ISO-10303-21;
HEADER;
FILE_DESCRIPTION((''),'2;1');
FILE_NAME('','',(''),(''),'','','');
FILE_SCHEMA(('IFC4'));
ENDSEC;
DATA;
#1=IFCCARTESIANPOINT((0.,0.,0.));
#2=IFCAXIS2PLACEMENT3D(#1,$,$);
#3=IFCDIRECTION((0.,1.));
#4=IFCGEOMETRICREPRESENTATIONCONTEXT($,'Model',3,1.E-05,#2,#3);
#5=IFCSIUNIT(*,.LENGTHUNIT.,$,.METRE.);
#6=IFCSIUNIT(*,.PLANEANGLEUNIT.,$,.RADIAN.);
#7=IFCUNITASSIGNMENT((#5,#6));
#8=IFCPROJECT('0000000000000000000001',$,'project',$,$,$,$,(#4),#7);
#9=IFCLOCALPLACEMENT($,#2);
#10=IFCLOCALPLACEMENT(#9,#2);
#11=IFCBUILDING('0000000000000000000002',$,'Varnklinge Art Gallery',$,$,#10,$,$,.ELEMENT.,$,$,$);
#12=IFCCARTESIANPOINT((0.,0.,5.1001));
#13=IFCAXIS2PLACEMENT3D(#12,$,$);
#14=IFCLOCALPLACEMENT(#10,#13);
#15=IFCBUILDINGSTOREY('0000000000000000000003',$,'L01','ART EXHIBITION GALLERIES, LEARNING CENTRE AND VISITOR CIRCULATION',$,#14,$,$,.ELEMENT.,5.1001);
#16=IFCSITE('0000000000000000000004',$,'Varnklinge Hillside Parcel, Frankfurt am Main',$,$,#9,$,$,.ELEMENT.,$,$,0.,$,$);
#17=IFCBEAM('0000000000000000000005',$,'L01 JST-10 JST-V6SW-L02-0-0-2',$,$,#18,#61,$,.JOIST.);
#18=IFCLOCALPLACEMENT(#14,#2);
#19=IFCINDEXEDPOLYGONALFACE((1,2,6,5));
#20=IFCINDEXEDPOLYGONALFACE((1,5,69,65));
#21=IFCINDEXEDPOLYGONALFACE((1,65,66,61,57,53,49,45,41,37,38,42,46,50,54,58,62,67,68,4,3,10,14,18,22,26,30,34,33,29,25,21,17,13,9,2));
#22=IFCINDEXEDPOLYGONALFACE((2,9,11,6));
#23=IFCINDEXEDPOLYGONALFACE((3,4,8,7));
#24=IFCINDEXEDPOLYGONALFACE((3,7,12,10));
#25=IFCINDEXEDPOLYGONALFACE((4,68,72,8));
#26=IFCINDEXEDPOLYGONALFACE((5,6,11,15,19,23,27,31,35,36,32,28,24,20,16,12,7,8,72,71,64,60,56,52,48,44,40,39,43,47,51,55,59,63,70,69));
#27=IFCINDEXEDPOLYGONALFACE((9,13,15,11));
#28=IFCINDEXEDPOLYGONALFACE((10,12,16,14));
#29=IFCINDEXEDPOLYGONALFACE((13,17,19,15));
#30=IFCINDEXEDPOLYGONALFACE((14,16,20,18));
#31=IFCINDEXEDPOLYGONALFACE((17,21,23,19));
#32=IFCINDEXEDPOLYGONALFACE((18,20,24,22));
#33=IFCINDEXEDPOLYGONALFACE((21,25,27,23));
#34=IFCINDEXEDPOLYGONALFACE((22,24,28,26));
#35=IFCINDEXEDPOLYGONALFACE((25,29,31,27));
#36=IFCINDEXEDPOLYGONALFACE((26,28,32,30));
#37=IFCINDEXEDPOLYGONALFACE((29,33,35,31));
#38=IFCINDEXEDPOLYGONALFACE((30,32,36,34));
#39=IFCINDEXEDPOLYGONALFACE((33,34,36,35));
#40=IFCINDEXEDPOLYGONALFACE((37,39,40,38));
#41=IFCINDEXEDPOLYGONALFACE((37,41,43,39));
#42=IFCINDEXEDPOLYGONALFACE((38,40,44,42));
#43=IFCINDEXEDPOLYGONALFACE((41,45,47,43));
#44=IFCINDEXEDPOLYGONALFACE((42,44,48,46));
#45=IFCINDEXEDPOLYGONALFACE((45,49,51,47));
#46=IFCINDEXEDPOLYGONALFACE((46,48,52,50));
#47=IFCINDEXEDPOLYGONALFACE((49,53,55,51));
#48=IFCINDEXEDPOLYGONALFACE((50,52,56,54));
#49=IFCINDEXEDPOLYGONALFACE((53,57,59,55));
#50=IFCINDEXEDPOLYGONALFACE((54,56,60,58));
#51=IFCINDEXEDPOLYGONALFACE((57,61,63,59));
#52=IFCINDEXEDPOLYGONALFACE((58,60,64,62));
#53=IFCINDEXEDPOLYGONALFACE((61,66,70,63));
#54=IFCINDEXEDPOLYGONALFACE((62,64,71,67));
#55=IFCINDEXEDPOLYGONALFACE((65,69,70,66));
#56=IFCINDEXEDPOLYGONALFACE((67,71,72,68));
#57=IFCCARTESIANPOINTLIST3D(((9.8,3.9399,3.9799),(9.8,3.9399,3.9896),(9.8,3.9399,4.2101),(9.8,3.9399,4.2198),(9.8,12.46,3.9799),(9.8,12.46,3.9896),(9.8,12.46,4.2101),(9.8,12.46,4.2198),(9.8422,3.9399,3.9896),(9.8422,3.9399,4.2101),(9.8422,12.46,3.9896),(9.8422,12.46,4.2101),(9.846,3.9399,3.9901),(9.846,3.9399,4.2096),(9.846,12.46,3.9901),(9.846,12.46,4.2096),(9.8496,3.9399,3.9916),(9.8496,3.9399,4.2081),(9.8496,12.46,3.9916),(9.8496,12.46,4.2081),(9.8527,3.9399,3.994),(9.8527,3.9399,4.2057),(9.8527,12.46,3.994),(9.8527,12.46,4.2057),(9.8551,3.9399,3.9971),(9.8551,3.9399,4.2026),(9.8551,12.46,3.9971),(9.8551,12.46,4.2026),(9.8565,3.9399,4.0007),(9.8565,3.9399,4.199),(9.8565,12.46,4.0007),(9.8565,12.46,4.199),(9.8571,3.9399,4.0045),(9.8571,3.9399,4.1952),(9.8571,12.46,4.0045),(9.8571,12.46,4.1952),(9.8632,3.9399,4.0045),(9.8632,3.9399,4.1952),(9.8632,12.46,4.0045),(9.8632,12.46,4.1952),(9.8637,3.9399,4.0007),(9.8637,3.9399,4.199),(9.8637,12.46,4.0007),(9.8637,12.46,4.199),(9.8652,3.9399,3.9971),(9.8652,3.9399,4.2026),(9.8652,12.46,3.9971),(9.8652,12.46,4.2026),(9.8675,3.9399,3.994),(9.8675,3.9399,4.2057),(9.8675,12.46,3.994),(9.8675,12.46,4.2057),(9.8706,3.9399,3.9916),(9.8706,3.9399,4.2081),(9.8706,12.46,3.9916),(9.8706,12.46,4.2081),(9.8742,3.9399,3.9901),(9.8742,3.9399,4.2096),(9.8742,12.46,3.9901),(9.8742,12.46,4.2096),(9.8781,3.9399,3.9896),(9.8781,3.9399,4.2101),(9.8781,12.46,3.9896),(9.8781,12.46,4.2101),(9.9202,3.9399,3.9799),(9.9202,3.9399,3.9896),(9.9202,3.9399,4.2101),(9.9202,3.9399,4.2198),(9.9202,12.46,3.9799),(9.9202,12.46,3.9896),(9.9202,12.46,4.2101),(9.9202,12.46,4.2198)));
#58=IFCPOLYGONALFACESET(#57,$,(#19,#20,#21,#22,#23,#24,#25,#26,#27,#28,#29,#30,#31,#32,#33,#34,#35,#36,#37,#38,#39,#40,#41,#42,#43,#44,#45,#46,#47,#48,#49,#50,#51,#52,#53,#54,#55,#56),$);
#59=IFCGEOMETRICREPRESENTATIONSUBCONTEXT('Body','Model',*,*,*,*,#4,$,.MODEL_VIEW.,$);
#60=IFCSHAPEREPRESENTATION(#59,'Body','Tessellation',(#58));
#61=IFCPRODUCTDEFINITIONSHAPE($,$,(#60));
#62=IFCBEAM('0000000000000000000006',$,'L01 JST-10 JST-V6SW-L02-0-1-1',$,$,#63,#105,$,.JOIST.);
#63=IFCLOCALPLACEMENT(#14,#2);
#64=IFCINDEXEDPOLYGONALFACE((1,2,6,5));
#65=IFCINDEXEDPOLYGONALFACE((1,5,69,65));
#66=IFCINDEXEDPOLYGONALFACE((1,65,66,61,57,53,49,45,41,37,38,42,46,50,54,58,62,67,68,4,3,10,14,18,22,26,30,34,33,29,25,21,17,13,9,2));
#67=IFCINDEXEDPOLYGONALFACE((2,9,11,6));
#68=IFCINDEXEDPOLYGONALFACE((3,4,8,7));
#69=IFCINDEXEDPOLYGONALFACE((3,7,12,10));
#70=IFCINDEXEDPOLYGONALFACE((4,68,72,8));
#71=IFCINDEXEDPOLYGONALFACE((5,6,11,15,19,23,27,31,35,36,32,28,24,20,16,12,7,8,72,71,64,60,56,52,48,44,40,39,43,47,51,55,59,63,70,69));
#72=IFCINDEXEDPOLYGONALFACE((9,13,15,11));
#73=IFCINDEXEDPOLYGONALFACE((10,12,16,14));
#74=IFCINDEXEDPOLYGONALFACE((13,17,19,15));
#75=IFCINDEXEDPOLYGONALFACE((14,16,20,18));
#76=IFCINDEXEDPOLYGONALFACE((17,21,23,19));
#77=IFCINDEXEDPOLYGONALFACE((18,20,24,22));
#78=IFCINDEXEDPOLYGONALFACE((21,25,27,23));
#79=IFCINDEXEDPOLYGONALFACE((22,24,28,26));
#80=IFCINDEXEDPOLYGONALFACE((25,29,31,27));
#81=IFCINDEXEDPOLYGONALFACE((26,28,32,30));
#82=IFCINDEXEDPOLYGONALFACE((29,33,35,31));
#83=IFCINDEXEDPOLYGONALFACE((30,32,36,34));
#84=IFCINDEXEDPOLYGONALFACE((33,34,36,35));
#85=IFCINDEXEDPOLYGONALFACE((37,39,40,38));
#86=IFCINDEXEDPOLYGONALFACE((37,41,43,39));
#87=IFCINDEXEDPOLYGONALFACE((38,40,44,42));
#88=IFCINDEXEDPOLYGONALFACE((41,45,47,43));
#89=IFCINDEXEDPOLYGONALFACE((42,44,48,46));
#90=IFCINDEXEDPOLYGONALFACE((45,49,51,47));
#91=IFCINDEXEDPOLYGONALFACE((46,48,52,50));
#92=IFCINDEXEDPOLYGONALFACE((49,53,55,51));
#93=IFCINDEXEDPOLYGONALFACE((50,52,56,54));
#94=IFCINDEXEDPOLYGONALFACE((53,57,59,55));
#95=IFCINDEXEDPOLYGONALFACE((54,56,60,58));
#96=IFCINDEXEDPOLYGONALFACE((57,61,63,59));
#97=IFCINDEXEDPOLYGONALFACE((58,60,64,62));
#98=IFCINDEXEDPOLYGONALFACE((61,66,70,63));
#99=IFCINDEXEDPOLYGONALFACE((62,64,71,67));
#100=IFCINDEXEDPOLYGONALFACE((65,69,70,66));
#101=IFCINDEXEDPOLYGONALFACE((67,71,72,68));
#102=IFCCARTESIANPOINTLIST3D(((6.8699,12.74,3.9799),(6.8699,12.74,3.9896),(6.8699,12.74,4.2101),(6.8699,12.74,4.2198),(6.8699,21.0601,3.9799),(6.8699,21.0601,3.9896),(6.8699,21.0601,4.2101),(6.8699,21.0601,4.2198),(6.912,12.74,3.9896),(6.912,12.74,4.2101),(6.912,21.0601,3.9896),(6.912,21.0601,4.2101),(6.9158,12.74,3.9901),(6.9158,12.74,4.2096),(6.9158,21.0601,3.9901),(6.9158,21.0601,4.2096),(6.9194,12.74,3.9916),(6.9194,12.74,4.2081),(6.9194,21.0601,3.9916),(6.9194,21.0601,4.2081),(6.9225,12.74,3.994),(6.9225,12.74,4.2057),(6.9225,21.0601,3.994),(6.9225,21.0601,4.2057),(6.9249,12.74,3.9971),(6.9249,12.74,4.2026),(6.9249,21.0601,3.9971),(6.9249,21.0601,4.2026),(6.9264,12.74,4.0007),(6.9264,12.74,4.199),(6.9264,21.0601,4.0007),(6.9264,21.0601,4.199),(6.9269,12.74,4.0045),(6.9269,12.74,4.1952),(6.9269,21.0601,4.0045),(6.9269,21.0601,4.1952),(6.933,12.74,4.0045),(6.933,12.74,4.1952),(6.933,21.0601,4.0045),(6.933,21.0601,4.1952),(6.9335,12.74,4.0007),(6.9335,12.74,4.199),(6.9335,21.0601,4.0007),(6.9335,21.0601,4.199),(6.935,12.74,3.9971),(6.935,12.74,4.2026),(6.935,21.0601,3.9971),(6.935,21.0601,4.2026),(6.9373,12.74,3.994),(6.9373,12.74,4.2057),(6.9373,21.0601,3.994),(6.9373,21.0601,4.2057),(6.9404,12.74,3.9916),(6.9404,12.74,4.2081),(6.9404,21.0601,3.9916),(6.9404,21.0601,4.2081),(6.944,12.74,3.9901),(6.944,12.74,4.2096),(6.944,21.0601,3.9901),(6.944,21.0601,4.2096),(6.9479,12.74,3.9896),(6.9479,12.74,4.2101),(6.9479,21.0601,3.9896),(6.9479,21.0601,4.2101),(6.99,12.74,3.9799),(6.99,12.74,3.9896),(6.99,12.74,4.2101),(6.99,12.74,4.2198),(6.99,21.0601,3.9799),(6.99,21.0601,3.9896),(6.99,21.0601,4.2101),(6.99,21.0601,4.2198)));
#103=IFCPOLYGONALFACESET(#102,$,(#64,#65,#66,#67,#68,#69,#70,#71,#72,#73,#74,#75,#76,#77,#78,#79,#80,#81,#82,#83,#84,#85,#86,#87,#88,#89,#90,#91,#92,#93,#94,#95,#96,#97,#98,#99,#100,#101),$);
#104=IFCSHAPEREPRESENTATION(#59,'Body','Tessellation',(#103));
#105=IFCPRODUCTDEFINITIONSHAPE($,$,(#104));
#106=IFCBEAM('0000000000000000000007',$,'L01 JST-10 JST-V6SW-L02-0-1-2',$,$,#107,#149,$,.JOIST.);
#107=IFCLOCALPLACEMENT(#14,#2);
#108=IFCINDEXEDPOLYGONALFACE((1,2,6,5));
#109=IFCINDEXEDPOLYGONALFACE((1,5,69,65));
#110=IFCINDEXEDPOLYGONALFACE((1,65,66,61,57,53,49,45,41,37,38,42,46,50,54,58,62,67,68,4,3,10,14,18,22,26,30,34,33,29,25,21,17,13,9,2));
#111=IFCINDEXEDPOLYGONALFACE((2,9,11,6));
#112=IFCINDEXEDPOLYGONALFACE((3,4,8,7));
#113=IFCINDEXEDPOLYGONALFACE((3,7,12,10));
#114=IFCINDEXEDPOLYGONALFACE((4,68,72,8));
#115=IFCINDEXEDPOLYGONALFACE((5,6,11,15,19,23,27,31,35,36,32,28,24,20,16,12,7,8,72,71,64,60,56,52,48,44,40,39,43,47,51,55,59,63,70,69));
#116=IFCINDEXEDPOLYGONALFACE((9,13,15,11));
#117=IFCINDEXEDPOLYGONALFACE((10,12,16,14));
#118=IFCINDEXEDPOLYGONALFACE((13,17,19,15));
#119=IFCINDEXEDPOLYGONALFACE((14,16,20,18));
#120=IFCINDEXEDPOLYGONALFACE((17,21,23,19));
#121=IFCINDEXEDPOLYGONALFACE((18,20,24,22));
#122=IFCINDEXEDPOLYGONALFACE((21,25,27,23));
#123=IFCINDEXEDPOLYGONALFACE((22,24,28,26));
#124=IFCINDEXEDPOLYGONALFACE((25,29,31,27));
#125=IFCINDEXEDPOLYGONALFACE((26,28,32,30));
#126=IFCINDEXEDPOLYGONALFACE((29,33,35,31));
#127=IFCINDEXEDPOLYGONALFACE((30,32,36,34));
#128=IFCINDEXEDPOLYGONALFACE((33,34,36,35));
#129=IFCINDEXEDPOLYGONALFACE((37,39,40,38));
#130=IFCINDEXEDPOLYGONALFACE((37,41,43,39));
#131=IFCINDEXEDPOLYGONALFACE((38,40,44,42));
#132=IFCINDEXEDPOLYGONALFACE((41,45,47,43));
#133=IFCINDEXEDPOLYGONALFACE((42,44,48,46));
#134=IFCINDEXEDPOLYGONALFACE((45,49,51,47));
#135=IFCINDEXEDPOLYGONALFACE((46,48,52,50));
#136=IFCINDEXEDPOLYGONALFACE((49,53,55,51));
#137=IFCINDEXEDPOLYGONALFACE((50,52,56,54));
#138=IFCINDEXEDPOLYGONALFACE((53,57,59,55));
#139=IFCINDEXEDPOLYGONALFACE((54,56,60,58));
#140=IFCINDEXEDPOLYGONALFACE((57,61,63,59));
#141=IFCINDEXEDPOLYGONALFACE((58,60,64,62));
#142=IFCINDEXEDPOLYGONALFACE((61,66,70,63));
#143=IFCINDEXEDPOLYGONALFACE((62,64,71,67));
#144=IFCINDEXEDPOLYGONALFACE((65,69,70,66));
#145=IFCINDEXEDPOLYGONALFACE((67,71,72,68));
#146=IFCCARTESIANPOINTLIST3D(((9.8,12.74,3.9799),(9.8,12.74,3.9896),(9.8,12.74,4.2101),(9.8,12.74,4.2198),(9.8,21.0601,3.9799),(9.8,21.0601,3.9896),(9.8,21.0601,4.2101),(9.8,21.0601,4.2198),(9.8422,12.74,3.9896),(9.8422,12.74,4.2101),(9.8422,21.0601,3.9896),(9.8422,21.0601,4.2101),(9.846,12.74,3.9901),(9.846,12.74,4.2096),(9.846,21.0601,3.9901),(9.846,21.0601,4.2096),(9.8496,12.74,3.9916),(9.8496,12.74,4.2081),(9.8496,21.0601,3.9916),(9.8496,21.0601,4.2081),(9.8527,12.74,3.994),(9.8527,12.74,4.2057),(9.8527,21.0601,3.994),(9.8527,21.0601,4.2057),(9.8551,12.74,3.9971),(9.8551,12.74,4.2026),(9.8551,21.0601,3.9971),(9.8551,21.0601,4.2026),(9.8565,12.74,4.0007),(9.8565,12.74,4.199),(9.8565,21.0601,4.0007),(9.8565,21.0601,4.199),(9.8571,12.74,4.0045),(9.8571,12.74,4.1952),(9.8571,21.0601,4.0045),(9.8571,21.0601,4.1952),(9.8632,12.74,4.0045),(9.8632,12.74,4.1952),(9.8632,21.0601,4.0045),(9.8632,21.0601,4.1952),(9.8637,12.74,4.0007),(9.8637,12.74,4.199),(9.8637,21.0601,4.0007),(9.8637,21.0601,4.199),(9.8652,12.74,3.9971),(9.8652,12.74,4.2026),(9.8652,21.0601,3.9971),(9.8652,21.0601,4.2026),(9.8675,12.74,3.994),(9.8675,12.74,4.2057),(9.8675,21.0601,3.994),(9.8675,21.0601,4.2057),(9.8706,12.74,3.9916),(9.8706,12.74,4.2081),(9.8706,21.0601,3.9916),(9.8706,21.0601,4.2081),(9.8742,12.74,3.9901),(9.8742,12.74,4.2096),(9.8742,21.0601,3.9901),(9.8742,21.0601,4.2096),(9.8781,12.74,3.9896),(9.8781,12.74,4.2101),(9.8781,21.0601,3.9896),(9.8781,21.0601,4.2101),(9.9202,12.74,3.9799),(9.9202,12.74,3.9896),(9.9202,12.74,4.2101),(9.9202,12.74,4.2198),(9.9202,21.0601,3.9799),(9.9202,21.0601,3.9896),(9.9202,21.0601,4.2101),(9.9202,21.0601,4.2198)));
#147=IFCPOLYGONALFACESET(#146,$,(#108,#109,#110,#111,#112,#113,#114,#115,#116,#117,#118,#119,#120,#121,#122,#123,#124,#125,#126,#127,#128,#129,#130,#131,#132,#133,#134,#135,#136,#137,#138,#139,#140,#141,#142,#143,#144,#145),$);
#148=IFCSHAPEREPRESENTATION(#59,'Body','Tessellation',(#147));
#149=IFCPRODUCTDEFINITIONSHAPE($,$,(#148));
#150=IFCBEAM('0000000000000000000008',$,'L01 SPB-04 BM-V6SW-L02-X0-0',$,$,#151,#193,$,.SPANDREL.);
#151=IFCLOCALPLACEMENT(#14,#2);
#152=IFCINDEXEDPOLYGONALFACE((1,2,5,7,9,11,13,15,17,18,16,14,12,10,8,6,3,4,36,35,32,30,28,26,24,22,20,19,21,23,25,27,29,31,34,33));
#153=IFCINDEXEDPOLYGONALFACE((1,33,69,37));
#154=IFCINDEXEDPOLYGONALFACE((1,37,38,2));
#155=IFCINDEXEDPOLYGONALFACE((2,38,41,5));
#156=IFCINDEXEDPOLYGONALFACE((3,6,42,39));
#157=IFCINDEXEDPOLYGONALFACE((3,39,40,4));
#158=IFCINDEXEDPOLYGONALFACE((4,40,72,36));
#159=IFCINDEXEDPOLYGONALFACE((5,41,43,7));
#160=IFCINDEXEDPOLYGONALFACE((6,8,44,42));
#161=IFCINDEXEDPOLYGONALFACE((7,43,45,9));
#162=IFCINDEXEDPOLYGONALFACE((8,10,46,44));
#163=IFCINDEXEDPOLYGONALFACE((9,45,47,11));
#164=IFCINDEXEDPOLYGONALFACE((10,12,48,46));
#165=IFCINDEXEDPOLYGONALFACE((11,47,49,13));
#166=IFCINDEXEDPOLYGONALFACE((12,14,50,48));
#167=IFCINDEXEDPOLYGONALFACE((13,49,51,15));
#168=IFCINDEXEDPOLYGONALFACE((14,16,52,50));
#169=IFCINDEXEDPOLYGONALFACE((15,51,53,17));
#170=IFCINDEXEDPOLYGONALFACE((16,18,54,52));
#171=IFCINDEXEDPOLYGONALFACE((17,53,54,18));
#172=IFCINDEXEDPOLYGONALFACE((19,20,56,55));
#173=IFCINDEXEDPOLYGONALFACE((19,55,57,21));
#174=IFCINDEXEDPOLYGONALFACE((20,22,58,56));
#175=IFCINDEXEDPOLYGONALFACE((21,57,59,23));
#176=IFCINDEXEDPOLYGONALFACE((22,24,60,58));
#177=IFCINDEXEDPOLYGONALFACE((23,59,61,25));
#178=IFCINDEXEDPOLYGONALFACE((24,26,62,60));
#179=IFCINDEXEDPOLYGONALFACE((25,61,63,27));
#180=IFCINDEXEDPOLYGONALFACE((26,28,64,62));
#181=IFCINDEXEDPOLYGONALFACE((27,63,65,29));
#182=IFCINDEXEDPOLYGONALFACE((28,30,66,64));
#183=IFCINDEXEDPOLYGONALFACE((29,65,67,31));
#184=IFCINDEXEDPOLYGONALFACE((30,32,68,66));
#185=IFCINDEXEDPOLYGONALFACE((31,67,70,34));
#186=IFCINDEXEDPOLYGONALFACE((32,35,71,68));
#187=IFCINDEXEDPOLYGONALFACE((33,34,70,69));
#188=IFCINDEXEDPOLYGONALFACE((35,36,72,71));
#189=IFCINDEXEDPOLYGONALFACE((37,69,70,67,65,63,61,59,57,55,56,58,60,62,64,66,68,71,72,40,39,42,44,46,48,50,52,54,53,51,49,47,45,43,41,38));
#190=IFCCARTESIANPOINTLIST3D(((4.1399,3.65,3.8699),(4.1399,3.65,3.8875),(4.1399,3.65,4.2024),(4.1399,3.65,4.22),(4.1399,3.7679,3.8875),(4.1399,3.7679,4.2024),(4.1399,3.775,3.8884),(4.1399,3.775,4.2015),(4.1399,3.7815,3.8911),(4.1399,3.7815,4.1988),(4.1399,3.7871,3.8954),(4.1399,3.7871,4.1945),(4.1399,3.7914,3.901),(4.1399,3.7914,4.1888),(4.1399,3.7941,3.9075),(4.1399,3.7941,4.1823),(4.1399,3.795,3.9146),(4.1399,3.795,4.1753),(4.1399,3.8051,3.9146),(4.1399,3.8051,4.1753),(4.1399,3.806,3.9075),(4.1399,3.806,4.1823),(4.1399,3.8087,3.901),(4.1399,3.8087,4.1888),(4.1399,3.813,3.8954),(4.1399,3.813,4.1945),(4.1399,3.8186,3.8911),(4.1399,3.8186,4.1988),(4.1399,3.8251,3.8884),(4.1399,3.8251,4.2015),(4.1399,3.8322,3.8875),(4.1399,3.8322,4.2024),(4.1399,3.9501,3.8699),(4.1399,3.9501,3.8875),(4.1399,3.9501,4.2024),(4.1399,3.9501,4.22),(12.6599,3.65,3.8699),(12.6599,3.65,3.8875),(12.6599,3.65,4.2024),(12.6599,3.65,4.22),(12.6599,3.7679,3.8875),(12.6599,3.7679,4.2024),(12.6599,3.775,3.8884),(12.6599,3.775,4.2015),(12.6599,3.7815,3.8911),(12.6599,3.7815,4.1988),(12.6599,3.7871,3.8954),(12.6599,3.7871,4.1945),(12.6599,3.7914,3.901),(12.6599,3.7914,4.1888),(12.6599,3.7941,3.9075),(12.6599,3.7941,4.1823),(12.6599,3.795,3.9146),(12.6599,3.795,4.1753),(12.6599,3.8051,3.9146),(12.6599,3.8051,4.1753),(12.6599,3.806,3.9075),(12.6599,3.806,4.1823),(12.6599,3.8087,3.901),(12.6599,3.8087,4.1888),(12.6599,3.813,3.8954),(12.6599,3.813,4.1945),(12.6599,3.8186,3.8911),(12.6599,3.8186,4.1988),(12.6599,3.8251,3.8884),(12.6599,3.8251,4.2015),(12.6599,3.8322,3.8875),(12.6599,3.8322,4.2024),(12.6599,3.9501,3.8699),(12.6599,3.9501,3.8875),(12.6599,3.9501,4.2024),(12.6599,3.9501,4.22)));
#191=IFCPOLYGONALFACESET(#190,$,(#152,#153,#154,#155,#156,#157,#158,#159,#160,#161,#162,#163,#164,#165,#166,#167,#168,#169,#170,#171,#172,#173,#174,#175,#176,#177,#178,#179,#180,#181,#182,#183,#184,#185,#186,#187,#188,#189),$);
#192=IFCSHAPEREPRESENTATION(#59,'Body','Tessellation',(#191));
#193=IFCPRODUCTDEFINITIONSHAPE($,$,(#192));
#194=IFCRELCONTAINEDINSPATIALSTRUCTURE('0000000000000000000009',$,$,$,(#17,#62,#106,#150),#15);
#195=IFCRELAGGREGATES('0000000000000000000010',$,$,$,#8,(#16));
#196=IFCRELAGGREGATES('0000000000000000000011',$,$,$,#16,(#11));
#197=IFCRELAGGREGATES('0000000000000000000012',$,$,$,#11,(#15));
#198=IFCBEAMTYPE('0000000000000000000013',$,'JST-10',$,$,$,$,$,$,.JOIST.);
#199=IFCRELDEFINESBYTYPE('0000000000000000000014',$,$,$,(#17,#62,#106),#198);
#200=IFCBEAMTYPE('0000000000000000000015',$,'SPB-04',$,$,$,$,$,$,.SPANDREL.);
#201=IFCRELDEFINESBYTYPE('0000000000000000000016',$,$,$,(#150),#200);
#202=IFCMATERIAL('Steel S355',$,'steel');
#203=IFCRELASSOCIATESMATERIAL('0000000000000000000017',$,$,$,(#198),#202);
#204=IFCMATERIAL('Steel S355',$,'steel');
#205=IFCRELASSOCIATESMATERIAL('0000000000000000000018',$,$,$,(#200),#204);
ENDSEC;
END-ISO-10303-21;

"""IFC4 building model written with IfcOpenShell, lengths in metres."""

from ifc_helpers import new_model, si_unit, direction, frame, origin, origin_2d, place, context, subcontext, project, spatial, i_section, extrude, material, material_profile, profile_set, type_object, element, save


model = new_model("IFC4")

# Units and contexts
model_context = context("Model", 3, precision=1e-05, world=origin(), true_north=direction((0.0, 1.0)))
body_context = subcontext(model_context, "Body", "Model", "MODEL_VIEW")
ifc_project = project(units=[si_unit("LENGTHUNIT", "METRE"), si_unit("PLANEANGLEUNIT", "RADIAN")], contexts=[model_context])

# Site, building, storey
site_placement = place(None, origin())
site = spatial("IfcSite", under=ifc_project, at=site_placement, Name="Varnklinge Hillside Parcel, Frankfurt am Main", CompositionType="ELEMENT", RefElevation=0.0)
building_placement = place(site_placement, origin())
building = spatial("IfcBuilding", under=site, at=building_placement, Name="Varnklinge Art Gallery", CompositionType="ELEMENT")
storey_placement = place(building_placement, frame((0.0, 0.0, 5.1001)))
storey = spatial("IfcBuildingStorey", under=building, at=storey_placement, Name="L01", Description="ART EXHIBITION GALLERIES, LEARNING CENTRE AND VISITOR CIRCULATION", CompositionType="ELEMENT", Elevation=5.1001)

# Beams
ifc_material_1 = material(Name="Steel S355", Category="steel")
ifc_material_profile_1 = material_profile(ifc_material_1, i_section(OverallWidth=0.1201, OverallDepth=0.24, WebThickness=0.0061, FlangeThickness=0.0098, FilletRadius=0.0149, at=origin_2d()), Name="IPE 240")
ifc_profile_set_1 = profile_set([ifc_material_profile_1], Name="Steel S355")
beam_type_1 = type_object("IfcBeamType", Name="JST-10", PredefinedType="JOIST", material=ifc_profile_set_1)
for number, where, z_axis, x_axis, name in (
    (1, (9.8601, 3.9399, 4.0999), (0.0, 1.0, 0.0), (-1.0, 0.0, 0.0), "L01 JST-10 JST-V6SW-L02-0-0-2"),
):
    element("IfcBeam", number, at=place(storey_placement, frame(where, z_axis=z_axis, x_axis=x_axis)), inside=storey, type_object=beam_type_1, Name=name, PredefinedType="JOIST", context=body_context, shape_type="SweptSolid", body=[
        extrude(i_section(OverallWidth=0.1201, OverallDepth=0.24, WebThickness=0.0061, FlangeThickness=0.0098, FilletRadius=0.0149, at=origin_2d()), origin(), (0.0, 0.0, 1.0), 8.52),
    ])
for number, where, z_axis, x_axis, name in (
    (2, (6.9299, 12.74, 4.0999), (0.0, 1.0, 0.0), (-1.0, 0.0, 0.0), "L01 JST-10 JST-V6SW-L02-0-1-1"),
    (3, (9.8601, 12.74, 4.0999), (0.0, 1.0, 0.0), (-1.0, 0.0, 0.0), "L01 JST-10 JST-V6SW-L02-0-1-2"),
):
    element("IfcBeam", number, at=place(storey_placement, frame(where, z_axis=z_axis, x_axis=x_axis)), inside=storey, type_object=beam_type_1, Name=name, PredefinedType="JOIST", context=body_context, shape_type="SweptSolid", body=[
        extrude(i_section(OverallWidth=0.1201, OverallDepth=0.24, WebThickness=0.0061, FlangeThickness=0.0098, FilletRadius=0.0149, at=origin_2d()), origin(), (0.0, 0.0, 1.0), 8.3201),
    ])
ifc_material_2 = material(Name="Steel S355", Category="steel")
ifc_material_profile_2 = material_profile(ifc_material_2, i_section(OverallWidth=0.3, OverallDepth=0.3501, WebThickness=0.01, FlangeThickness=0.0176, FilletRadius=0.0271, at=origin_2d()), Name="HEA 360")
ifc_profile_set_2 = profile_set([ifc_material_profile_2], Name="Steel S355")
beam_type_2 = type_object("IfcBeamType", Name="SPB-04", PredefinedType="SPANDREL", material=ifc_profile_set_2)
for number, where, z_axis, x_axis, name in (
    (4, (4.1399, 3.8, 4.0449), (1.0, 0.0, 0.0), (0.0, 1.0, 0.0), "L01 SPB-04 BM-V6SW-L02-X0-0"),
):
    element("IfcBeam", number, at=place(storey_placement, frame(where, z_axis=z_axis, x_axis=x_axis)), inside=storey, type_object=beam_type_2, Name=name, PredefinedType="SPANDREL", context=body_context, shape_type="SweptSolid", body=[
        extrude(i_section(OverallWidth=0.3, OverallDepth=0.3501, WebThickness=0.01, FlangeThickness=0.0176, FilletRadius=0.0271, at=origin_2d()), origin(), (0.0, 0.0, 1.0), 8.52),
    ])

save(model, "model.ifc")
